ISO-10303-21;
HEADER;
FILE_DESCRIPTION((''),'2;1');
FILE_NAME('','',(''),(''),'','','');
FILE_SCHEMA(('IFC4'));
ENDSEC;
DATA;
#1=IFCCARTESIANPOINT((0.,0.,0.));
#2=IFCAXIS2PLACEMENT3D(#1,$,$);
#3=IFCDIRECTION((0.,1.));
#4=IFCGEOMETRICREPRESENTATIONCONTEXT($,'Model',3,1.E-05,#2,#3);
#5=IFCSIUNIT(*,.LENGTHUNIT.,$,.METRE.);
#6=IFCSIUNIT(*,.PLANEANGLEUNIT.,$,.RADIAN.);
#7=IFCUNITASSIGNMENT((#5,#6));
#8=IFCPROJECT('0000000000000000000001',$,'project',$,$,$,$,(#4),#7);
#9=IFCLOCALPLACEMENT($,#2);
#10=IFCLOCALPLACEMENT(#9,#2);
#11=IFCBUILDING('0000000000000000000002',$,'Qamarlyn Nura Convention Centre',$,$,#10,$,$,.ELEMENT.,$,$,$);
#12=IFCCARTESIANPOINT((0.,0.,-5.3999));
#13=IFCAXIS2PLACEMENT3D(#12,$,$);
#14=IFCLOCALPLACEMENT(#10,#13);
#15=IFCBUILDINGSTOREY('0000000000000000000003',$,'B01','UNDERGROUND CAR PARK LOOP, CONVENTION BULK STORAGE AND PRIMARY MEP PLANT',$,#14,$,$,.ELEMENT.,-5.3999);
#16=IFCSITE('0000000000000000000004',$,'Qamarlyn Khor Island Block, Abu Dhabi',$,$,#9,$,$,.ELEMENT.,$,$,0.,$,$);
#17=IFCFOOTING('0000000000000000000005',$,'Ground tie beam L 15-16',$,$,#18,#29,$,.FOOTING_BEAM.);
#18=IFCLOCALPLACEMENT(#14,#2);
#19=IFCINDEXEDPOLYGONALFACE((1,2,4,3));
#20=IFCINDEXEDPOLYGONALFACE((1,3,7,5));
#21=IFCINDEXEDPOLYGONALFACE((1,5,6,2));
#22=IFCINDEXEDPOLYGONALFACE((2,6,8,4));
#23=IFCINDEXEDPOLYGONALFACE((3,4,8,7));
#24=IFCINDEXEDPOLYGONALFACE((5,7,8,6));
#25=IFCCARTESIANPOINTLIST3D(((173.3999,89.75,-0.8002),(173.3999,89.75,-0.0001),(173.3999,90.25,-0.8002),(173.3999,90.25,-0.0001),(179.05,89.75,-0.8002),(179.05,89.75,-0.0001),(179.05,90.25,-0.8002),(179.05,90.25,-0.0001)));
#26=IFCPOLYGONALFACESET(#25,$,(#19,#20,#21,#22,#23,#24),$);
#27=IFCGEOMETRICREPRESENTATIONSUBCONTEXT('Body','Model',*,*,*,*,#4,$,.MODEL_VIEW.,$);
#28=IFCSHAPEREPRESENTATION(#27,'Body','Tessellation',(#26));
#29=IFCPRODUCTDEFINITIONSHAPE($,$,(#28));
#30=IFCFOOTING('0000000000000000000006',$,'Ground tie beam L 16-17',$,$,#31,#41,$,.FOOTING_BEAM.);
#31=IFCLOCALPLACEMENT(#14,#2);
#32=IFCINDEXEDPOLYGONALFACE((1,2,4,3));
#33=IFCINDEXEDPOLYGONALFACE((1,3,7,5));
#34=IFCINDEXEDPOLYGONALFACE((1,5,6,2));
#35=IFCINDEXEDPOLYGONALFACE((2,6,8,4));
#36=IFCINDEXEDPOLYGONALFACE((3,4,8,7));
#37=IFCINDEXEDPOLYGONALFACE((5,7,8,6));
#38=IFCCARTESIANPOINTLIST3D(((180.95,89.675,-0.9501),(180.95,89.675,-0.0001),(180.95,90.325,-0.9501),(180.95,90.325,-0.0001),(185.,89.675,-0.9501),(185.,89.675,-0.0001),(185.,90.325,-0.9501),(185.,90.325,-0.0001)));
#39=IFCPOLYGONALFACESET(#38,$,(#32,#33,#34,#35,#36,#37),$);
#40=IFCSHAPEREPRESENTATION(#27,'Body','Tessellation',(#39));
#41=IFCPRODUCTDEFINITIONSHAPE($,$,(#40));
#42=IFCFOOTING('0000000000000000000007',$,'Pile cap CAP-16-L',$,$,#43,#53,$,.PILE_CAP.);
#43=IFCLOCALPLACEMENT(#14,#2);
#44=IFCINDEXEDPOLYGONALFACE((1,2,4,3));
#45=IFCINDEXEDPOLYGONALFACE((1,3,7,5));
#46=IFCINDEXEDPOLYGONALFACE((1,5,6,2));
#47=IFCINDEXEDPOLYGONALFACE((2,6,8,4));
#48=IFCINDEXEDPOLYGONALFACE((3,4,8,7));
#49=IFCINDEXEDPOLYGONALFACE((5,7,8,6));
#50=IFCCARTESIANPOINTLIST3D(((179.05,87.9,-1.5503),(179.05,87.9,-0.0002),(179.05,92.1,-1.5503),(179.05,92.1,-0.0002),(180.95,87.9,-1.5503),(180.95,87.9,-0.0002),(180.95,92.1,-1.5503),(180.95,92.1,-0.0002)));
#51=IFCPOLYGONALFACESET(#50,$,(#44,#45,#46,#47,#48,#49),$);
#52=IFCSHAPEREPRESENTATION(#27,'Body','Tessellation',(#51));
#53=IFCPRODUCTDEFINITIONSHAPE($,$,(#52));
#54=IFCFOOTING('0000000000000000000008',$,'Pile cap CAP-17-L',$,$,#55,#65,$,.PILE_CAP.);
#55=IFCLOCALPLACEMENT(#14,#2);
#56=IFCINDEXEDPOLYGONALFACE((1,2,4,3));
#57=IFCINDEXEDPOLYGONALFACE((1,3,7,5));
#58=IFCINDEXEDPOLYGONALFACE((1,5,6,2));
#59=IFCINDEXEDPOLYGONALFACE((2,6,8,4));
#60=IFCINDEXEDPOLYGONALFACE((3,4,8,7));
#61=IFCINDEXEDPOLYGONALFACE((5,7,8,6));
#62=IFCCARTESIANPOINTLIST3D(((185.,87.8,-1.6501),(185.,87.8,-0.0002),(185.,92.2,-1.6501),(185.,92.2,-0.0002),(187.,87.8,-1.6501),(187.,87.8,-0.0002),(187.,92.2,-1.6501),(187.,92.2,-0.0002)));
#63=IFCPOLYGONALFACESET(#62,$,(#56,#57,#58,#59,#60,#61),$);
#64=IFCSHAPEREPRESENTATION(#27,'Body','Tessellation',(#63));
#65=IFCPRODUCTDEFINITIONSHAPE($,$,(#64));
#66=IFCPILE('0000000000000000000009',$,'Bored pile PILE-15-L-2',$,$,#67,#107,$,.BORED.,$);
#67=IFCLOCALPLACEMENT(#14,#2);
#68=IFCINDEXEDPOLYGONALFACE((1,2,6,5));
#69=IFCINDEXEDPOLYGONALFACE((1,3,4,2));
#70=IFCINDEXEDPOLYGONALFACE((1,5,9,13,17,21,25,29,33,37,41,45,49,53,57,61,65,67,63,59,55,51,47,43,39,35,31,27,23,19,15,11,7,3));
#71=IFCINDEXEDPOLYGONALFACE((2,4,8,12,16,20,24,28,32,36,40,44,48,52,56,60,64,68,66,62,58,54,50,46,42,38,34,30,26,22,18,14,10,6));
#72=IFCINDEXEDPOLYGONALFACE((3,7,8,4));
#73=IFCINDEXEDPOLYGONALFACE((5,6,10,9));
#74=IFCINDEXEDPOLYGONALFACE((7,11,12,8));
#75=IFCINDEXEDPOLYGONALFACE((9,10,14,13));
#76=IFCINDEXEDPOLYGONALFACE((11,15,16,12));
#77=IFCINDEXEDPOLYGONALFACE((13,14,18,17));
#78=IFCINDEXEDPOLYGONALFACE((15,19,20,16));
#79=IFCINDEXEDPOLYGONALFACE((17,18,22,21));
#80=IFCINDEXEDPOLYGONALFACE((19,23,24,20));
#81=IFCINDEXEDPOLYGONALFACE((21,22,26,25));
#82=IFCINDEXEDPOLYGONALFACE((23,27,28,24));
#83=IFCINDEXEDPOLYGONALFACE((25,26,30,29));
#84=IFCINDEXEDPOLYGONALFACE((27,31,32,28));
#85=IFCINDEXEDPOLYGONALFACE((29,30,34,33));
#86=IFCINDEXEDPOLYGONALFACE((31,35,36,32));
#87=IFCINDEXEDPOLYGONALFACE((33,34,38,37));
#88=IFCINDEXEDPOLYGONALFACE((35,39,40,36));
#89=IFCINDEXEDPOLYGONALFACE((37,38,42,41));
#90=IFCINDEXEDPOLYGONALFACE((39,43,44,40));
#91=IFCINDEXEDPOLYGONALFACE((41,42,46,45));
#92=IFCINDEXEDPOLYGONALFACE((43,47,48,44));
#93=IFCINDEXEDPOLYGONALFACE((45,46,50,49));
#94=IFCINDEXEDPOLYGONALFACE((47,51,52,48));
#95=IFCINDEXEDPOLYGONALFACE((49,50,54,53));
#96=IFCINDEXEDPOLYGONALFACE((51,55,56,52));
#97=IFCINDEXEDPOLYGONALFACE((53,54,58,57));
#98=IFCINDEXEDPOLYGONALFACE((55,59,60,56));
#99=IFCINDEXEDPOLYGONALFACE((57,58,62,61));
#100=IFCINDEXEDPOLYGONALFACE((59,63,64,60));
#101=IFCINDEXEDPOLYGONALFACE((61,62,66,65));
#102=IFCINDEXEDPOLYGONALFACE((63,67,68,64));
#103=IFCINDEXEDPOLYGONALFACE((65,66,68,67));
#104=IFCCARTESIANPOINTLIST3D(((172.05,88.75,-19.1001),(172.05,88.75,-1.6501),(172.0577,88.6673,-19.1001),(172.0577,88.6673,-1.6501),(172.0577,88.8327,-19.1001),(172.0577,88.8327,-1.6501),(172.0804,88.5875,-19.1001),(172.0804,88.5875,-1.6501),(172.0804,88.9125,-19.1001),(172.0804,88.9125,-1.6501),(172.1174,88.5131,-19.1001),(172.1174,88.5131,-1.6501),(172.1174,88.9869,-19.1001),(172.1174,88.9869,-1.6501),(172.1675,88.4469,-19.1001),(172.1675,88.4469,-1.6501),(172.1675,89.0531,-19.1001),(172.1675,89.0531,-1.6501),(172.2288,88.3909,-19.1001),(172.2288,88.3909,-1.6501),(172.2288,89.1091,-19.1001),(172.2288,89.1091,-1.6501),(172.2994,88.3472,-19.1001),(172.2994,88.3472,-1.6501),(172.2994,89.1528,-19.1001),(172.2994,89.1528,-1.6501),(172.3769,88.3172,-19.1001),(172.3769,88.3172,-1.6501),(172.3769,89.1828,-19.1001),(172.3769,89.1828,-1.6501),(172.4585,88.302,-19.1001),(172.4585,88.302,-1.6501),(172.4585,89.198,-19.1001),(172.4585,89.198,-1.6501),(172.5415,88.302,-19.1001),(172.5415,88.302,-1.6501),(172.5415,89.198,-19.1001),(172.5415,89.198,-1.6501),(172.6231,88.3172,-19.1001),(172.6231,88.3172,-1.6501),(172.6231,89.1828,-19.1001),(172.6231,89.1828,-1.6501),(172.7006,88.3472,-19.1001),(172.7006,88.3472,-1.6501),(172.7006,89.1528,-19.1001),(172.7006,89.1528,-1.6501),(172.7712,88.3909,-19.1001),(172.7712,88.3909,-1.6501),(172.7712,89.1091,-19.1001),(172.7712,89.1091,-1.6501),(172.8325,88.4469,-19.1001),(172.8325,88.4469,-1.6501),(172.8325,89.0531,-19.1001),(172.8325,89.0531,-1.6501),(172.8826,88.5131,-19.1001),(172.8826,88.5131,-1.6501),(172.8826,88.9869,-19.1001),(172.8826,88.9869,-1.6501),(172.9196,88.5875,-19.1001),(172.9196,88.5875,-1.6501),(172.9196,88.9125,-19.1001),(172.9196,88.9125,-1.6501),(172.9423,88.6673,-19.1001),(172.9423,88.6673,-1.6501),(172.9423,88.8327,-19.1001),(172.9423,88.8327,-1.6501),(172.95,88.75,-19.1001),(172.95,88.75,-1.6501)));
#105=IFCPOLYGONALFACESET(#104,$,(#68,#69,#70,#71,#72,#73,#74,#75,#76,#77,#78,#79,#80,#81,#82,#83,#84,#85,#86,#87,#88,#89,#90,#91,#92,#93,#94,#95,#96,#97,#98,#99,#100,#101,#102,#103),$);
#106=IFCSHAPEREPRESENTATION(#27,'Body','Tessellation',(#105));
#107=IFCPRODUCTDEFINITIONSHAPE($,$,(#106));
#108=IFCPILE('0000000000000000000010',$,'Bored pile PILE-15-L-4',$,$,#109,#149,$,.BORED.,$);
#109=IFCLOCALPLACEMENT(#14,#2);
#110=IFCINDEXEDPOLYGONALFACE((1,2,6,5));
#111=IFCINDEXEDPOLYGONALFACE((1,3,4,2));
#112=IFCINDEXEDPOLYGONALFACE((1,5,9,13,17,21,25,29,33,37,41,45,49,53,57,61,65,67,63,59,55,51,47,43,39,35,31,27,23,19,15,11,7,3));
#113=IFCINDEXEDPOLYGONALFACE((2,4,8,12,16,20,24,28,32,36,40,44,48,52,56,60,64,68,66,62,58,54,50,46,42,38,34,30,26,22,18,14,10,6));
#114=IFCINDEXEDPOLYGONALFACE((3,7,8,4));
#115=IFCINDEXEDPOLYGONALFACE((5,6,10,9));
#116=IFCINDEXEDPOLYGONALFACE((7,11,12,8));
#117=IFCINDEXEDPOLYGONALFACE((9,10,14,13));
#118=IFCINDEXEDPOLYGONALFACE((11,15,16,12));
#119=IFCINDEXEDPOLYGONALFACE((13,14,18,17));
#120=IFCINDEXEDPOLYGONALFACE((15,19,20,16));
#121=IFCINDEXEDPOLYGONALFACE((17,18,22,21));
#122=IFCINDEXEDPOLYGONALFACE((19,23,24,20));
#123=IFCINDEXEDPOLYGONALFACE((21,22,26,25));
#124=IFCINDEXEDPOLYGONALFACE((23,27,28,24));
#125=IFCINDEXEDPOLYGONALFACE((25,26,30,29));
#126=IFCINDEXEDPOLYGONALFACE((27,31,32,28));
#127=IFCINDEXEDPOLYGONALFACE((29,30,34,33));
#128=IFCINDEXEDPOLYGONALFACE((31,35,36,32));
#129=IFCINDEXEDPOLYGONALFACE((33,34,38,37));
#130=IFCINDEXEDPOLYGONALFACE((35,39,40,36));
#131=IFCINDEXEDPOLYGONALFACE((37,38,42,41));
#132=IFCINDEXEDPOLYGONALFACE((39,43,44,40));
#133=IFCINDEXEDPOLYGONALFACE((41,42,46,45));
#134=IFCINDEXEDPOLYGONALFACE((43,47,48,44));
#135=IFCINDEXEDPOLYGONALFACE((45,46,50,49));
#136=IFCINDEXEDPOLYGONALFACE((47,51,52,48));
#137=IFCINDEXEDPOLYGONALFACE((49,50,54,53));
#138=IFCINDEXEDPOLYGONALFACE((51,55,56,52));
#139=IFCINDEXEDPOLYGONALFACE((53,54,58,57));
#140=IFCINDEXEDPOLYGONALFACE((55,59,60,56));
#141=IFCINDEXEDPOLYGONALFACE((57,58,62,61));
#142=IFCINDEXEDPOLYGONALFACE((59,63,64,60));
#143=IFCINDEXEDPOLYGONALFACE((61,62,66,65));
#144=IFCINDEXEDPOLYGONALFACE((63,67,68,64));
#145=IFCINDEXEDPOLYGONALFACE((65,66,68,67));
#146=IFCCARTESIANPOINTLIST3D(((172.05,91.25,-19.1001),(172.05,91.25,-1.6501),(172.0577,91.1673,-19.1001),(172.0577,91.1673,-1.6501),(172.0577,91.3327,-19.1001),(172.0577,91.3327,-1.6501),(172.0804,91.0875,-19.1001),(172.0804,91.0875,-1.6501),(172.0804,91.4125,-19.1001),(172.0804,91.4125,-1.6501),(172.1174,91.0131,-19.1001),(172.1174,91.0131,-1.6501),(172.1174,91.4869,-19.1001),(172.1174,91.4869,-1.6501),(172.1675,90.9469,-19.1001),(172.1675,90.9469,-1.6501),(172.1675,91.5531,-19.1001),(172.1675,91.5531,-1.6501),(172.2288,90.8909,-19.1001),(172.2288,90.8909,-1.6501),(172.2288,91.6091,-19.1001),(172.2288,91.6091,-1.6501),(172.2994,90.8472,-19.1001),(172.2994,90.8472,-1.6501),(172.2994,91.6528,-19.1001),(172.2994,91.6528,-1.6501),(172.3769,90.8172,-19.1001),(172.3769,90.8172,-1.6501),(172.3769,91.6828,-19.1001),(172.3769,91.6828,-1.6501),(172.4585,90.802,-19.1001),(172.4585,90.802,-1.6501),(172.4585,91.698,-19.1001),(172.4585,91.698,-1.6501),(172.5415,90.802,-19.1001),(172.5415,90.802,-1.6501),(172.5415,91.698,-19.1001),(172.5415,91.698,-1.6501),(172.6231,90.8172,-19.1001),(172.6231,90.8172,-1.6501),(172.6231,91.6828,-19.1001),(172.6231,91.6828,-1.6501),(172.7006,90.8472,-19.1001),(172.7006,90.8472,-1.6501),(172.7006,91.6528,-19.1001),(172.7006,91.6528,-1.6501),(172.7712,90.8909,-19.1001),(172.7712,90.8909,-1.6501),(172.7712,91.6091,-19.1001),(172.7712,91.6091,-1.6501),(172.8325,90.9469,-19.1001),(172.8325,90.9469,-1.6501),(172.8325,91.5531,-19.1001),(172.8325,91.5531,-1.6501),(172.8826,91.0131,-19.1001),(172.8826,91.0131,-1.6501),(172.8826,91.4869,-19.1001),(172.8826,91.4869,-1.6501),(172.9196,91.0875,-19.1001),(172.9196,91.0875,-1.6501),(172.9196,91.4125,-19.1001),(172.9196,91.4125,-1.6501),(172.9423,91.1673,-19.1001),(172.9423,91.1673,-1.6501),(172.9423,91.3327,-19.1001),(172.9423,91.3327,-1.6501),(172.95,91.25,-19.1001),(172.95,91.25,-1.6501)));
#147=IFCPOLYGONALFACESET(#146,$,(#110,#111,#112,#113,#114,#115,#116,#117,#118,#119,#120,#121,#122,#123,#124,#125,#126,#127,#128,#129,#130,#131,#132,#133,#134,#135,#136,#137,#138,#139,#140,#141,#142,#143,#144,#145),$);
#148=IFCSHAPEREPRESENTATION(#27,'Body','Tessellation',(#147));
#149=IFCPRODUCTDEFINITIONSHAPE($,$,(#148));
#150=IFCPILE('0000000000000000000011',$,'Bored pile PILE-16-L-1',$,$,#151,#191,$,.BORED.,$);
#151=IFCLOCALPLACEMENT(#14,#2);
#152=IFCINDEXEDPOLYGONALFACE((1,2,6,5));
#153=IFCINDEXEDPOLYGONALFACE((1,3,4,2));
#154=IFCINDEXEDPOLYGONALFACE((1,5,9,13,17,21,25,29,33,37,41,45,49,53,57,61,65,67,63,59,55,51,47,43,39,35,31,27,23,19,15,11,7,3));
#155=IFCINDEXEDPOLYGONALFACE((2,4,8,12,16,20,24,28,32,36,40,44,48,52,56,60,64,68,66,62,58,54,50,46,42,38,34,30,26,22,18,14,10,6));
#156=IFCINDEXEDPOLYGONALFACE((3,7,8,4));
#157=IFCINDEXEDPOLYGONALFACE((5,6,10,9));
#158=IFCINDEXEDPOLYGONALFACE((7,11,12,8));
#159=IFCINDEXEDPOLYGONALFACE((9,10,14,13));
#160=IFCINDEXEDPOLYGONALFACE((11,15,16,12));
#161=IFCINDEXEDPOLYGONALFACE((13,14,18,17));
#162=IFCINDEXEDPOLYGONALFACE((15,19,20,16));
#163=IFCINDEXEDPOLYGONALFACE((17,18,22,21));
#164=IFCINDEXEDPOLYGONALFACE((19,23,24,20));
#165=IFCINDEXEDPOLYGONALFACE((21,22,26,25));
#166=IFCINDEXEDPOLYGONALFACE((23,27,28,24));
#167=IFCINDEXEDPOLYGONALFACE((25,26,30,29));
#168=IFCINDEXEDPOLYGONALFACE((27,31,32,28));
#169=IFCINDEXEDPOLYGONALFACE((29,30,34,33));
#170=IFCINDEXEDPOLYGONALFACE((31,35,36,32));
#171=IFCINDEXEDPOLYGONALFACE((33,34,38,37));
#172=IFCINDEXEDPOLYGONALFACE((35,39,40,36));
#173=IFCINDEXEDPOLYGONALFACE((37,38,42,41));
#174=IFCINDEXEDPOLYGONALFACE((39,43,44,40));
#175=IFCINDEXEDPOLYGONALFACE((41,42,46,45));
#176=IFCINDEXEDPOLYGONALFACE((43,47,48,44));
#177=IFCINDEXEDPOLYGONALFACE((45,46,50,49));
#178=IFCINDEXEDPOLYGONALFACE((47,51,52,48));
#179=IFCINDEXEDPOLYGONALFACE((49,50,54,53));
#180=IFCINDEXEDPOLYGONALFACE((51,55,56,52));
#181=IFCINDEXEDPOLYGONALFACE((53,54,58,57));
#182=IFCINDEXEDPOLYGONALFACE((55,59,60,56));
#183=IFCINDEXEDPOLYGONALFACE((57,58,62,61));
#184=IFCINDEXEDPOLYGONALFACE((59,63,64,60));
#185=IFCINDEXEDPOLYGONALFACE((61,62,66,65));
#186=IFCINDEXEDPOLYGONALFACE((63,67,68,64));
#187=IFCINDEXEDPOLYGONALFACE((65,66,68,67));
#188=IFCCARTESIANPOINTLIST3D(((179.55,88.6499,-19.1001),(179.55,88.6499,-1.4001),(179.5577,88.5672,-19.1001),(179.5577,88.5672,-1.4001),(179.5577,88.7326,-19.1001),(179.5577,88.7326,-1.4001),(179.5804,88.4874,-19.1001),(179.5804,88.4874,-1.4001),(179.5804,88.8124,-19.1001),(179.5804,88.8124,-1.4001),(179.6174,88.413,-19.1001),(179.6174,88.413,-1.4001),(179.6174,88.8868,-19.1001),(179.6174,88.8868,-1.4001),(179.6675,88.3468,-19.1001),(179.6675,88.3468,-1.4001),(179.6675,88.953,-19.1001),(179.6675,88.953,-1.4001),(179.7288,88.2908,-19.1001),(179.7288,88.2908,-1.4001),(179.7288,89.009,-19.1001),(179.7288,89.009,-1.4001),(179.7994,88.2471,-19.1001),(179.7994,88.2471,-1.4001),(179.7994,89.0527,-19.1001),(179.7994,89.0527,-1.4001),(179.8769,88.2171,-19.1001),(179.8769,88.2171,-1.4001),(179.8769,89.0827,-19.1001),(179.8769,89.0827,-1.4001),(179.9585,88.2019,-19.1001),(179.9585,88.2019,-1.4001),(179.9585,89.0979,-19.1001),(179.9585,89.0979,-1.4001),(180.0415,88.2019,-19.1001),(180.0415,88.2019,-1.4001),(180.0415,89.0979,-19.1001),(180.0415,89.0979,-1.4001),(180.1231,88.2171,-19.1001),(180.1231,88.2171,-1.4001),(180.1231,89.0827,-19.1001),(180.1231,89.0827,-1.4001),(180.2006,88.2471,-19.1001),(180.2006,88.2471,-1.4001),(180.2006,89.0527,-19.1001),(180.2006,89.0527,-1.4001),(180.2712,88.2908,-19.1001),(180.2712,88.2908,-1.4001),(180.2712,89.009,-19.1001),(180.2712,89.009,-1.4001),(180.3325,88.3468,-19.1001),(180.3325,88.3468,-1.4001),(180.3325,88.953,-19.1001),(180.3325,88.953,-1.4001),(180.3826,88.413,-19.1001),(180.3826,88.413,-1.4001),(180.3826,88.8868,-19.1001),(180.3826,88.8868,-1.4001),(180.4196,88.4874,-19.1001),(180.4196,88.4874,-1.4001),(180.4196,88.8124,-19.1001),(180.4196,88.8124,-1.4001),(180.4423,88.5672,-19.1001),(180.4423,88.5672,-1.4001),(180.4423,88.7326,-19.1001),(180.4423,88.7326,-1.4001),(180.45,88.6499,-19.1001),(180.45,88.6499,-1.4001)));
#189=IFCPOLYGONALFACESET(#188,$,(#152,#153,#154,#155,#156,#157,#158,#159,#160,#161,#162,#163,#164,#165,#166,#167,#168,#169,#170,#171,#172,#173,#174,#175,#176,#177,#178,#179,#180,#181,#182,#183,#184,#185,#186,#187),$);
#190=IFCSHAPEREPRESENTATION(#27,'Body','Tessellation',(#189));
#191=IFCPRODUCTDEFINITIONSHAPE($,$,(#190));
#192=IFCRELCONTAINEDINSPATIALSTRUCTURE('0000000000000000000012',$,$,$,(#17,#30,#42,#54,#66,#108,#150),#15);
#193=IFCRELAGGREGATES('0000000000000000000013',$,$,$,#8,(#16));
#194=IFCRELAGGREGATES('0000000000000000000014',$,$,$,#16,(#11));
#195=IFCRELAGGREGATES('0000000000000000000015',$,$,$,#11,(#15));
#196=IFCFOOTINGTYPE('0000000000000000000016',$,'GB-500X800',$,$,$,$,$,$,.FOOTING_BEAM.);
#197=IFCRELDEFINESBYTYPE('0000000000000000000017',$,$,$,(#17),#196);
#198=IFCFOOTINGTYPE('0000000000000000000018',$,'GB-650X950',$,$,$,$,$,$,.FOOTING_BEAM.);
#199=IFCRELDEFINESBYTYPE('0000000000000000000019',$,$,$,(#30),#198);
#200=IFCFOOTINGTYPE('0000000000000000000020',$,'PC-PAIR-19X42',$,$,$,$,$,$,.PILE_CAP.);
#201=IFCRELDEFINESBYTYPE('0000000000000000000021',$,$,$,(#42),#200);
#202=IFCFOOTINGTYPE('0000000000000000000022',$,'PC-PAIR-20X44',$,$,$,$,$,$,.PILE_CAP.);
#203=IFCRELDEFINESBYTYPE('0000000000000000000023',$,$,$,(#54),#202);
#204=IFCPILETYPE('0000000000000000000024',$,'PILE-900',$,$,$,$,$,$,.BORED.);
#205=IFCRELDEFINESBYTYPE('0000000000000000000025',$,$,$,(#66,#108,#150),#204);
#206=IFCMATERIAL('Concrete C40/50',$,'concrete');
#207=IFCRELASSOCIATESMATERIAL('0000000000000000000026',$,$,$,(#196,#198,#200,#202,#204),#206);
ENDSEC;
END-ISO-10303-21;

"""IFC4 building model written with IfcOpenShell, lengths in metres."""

from ifc_helpers import new_model, si_unit, direction, frame, origin, origin_2d, place, context, subcontext, project, spatial, rectangle, circle, extrude, material, material_profile, profile_set, type_object, element, save


model = new_model("IFC4")

# Units and contexts
model_context = context("Model", 3, precision=1e-05, world=origin(), true_north=direction((0.0, 1.0)))
body_context = subcontext(model_context, "Body", "Model", "MODEL_VIEW")
ifc_project = project(units=[si_unit("LENGTHUNIT", "METRE"), si_unit("PLANEANGLEUNIT", "RADIAN")], contexts=[model_context])

# Site, building, storey
site_placement = place(None, origin())
site = spatial("IfcSite", under=ifc_project, at=site_placement, Name="Qamarlyn Khor Island Block, Abu Dhabi", CompositionType="ELEMENT", RefElevation=0.0)
building_placement = place(site_placement, origin())
building = spatial("IfcBuilding", under=site, at=building_placement, Name="Qamarlyn Nura Convention Centre", CompositionType="ELEMENT")
storey_placement = place(building_placement, frame((0.0, 0.0, -5.3999)))
storey = spatial("IfcBuildingStorey", under=building, at=storey_placement, Name="B01", Description="UNDERGROUND CAR PARK LOOP, CONVENTION BULK STORAGE AND PRIMARY MEP PLANT", CompositionType="ELEMENT", Elevation=-5.3999)

# Footings
ifc_material_1 = material(Name="Concrete C40/50", Category="concrete")
ifc_material_profile_1 = material_profile(ifc_material_1, rectangle(XDim=0.5, YDim=0.8, at=origin_2d()), Name="RC GB 500x800")
ifc_profile_set_1 = profile_set([ifc_material_profile_1], Name="Concrete C40/50")
footing_type_1 = type_object("IfcFootingType", Name="GB-500X800", PredefinedType="FOOTING_BEAM", material=ifc_profile_set_1)
footing_1_placement = place(storey_placement, frame((173.3999, 90.0, -0.4001), z_axis=(1.0, 0.0, 0.0), x_axis=(0.0, 1.0, 0.0)))
element("IfcFooting", 1, at=footing_1_placement, inside=storey, type_object=footing_type_1, Name="Ground tie beam L 15-16", PredefinedType="FOOTING_BEAM", context=body_context, shape_type="SweptSolid", body=[
    extrude(rectangle(XDim=0.5, YDim=0.8, at=origin_2d()), origin(), (0.0, 0.0, 1.0), 5.6501),
])
ifc_material_profile_2 = material_profile(ifc_material_1, rectangle(XDim=0.6499, YDim=0.95, at=origin_2d()), Name="RC GB 650x950")
ifc_profile_set_2 = profile_set([ifc_material_profile_2], Name="Concrete C40/50")
footing_type_2 = type_object("IfcFootingType", Name="GB-650X950", PredefinedType="FOOTING_BEAM", material=ifc_profile_set_2)
footing_2_placement = place(storey_placement, frame((180.95, 90.0, -0.4751), z_axis=(1.0, 0.0, 0.0), x_axis=(0.0, 1.0, 0.0)))
element("IfcFooting", 2, at=footing_2_placement, inside=storey, type_object=footing_type_2, Name="Ground tie beam L 16-17", PredefinedType="FOOTING_BEAM", context=body_context, shape_type="SweptSolid", body=[
    extrude(rectangle(XDim=0.6499, YDim=0.95, at=origin_2d()), origin(), (0.0, 0.0, 1.0), 4.05),
])
footing_type_3 = type_object("IfcFootingType", Name="PC-PAIR-19X42", PredefinedType="PILE_CAP", material=ifc_material_1)
footing_3_placement = place(storey_placement, frame((180.0, 90.0, -1.5503), z_axis=(0.0, 0.0, 1.0), x_axis=(1.0, 0.0, 0.0)))
element("IfcFooting", 3, at=footing_3_placement, inside=storey, type_object=footing_type_3, Name="Pile cap CAP-16-L", PredefinedType="PILE_CAP", context=body_context, shape_type="SweptSolid", body=[
    extrude(rectangle(XDim=1.8999, YDim=4.2, at=origin_2d()), origin(), (0.0, 0.0, 1.0), 1.55),
])
footing_type_4 = type_object("IfcFootingType", Name="PC-PAIR-20X44", PredefinedType="PILE_CAP", material=ifc_material_1)
footing_4_placement = place(storey_placement, frame((186.0, 90.0, -1.6501), z_axis=(0.0, 0.0, 1.0), x_axis=(1.0, 0.0, 0.0)))
element("IfcFooting", 4, at=footing_4_placement, inside=storey, type_object=footing_type_4, Name="Pile cap CAP-17-L", PredefinedType="PILE_CAP", context=body_context, shape_type="SweptSolid", body=[
    extrude(rectangle(XDim=2.0, YDim=4.3999, at=origin_2d()), origin(), (0.0, 0.0, 1.0), 1.6499),
])

# Piles
ifc_material_profile_3 = material_profile(ifc_material_1, circle(Radius=0.45, at=origin_2d()), Name="BORED PILE 900")
ifc_profile_set_3 = profile_set([ifc_material_profile_3], Name="Concrete C40/50")
pile_type = type_object("IfcPileType", Name="PILE-900", PredefinedType="BORED", material=ifc_profile_set_3)
for number, where, z_axis, x_axis, name in (
    (5, (172.5, 88.75, -1.6501), (0.0, 0.0, -1.0), (1.0, 0.0, 0.0), "Bored pile PILE-15-L-2"),
    (6, (172.5, 91.25, -1.6501), (0.0, 0.0, -1.0), (1.0, 0.0, 0.0), "Bored pile PILE-15-L-4"),
):
    element("IfcPile", number, at=place(storey_placement, frame(where, z_axis=z_axis, x_axis=x_axis)), inside=storey, type_object=pile_type, Name=name, PredefinedType="BORED", context=body_context, shape_type="SweptSolid", body=[
        extrude(circle(Radius=0.45, at=origin_2d()), origin(), (0.0, 0.0, 1.0), 17.45),
    ])
for number, where, z_axis, x_axis, name in (
    (7, (180.0, 88.6499, -1.4001), (0.0, 0.0, -1.0), (1.0, 0.0, 0.0), "Bored pile PILE-16-L-1"),
):
    element("IfcPile", number, at=place(storey_placement, frame(where, z_axis=z_axis, x_axis=x_axis)), inside=storey, type_object=pile_type, Name=name, PredefinedType="BORED", context=body_context, shape_type="SweptSolid", body=[
        extrude(circle(Radius=0.45, at=origin_2d()), origin(), (0.0, 0.0, 1.0), 17.7),
    ])

save(model, "model.ifc")
